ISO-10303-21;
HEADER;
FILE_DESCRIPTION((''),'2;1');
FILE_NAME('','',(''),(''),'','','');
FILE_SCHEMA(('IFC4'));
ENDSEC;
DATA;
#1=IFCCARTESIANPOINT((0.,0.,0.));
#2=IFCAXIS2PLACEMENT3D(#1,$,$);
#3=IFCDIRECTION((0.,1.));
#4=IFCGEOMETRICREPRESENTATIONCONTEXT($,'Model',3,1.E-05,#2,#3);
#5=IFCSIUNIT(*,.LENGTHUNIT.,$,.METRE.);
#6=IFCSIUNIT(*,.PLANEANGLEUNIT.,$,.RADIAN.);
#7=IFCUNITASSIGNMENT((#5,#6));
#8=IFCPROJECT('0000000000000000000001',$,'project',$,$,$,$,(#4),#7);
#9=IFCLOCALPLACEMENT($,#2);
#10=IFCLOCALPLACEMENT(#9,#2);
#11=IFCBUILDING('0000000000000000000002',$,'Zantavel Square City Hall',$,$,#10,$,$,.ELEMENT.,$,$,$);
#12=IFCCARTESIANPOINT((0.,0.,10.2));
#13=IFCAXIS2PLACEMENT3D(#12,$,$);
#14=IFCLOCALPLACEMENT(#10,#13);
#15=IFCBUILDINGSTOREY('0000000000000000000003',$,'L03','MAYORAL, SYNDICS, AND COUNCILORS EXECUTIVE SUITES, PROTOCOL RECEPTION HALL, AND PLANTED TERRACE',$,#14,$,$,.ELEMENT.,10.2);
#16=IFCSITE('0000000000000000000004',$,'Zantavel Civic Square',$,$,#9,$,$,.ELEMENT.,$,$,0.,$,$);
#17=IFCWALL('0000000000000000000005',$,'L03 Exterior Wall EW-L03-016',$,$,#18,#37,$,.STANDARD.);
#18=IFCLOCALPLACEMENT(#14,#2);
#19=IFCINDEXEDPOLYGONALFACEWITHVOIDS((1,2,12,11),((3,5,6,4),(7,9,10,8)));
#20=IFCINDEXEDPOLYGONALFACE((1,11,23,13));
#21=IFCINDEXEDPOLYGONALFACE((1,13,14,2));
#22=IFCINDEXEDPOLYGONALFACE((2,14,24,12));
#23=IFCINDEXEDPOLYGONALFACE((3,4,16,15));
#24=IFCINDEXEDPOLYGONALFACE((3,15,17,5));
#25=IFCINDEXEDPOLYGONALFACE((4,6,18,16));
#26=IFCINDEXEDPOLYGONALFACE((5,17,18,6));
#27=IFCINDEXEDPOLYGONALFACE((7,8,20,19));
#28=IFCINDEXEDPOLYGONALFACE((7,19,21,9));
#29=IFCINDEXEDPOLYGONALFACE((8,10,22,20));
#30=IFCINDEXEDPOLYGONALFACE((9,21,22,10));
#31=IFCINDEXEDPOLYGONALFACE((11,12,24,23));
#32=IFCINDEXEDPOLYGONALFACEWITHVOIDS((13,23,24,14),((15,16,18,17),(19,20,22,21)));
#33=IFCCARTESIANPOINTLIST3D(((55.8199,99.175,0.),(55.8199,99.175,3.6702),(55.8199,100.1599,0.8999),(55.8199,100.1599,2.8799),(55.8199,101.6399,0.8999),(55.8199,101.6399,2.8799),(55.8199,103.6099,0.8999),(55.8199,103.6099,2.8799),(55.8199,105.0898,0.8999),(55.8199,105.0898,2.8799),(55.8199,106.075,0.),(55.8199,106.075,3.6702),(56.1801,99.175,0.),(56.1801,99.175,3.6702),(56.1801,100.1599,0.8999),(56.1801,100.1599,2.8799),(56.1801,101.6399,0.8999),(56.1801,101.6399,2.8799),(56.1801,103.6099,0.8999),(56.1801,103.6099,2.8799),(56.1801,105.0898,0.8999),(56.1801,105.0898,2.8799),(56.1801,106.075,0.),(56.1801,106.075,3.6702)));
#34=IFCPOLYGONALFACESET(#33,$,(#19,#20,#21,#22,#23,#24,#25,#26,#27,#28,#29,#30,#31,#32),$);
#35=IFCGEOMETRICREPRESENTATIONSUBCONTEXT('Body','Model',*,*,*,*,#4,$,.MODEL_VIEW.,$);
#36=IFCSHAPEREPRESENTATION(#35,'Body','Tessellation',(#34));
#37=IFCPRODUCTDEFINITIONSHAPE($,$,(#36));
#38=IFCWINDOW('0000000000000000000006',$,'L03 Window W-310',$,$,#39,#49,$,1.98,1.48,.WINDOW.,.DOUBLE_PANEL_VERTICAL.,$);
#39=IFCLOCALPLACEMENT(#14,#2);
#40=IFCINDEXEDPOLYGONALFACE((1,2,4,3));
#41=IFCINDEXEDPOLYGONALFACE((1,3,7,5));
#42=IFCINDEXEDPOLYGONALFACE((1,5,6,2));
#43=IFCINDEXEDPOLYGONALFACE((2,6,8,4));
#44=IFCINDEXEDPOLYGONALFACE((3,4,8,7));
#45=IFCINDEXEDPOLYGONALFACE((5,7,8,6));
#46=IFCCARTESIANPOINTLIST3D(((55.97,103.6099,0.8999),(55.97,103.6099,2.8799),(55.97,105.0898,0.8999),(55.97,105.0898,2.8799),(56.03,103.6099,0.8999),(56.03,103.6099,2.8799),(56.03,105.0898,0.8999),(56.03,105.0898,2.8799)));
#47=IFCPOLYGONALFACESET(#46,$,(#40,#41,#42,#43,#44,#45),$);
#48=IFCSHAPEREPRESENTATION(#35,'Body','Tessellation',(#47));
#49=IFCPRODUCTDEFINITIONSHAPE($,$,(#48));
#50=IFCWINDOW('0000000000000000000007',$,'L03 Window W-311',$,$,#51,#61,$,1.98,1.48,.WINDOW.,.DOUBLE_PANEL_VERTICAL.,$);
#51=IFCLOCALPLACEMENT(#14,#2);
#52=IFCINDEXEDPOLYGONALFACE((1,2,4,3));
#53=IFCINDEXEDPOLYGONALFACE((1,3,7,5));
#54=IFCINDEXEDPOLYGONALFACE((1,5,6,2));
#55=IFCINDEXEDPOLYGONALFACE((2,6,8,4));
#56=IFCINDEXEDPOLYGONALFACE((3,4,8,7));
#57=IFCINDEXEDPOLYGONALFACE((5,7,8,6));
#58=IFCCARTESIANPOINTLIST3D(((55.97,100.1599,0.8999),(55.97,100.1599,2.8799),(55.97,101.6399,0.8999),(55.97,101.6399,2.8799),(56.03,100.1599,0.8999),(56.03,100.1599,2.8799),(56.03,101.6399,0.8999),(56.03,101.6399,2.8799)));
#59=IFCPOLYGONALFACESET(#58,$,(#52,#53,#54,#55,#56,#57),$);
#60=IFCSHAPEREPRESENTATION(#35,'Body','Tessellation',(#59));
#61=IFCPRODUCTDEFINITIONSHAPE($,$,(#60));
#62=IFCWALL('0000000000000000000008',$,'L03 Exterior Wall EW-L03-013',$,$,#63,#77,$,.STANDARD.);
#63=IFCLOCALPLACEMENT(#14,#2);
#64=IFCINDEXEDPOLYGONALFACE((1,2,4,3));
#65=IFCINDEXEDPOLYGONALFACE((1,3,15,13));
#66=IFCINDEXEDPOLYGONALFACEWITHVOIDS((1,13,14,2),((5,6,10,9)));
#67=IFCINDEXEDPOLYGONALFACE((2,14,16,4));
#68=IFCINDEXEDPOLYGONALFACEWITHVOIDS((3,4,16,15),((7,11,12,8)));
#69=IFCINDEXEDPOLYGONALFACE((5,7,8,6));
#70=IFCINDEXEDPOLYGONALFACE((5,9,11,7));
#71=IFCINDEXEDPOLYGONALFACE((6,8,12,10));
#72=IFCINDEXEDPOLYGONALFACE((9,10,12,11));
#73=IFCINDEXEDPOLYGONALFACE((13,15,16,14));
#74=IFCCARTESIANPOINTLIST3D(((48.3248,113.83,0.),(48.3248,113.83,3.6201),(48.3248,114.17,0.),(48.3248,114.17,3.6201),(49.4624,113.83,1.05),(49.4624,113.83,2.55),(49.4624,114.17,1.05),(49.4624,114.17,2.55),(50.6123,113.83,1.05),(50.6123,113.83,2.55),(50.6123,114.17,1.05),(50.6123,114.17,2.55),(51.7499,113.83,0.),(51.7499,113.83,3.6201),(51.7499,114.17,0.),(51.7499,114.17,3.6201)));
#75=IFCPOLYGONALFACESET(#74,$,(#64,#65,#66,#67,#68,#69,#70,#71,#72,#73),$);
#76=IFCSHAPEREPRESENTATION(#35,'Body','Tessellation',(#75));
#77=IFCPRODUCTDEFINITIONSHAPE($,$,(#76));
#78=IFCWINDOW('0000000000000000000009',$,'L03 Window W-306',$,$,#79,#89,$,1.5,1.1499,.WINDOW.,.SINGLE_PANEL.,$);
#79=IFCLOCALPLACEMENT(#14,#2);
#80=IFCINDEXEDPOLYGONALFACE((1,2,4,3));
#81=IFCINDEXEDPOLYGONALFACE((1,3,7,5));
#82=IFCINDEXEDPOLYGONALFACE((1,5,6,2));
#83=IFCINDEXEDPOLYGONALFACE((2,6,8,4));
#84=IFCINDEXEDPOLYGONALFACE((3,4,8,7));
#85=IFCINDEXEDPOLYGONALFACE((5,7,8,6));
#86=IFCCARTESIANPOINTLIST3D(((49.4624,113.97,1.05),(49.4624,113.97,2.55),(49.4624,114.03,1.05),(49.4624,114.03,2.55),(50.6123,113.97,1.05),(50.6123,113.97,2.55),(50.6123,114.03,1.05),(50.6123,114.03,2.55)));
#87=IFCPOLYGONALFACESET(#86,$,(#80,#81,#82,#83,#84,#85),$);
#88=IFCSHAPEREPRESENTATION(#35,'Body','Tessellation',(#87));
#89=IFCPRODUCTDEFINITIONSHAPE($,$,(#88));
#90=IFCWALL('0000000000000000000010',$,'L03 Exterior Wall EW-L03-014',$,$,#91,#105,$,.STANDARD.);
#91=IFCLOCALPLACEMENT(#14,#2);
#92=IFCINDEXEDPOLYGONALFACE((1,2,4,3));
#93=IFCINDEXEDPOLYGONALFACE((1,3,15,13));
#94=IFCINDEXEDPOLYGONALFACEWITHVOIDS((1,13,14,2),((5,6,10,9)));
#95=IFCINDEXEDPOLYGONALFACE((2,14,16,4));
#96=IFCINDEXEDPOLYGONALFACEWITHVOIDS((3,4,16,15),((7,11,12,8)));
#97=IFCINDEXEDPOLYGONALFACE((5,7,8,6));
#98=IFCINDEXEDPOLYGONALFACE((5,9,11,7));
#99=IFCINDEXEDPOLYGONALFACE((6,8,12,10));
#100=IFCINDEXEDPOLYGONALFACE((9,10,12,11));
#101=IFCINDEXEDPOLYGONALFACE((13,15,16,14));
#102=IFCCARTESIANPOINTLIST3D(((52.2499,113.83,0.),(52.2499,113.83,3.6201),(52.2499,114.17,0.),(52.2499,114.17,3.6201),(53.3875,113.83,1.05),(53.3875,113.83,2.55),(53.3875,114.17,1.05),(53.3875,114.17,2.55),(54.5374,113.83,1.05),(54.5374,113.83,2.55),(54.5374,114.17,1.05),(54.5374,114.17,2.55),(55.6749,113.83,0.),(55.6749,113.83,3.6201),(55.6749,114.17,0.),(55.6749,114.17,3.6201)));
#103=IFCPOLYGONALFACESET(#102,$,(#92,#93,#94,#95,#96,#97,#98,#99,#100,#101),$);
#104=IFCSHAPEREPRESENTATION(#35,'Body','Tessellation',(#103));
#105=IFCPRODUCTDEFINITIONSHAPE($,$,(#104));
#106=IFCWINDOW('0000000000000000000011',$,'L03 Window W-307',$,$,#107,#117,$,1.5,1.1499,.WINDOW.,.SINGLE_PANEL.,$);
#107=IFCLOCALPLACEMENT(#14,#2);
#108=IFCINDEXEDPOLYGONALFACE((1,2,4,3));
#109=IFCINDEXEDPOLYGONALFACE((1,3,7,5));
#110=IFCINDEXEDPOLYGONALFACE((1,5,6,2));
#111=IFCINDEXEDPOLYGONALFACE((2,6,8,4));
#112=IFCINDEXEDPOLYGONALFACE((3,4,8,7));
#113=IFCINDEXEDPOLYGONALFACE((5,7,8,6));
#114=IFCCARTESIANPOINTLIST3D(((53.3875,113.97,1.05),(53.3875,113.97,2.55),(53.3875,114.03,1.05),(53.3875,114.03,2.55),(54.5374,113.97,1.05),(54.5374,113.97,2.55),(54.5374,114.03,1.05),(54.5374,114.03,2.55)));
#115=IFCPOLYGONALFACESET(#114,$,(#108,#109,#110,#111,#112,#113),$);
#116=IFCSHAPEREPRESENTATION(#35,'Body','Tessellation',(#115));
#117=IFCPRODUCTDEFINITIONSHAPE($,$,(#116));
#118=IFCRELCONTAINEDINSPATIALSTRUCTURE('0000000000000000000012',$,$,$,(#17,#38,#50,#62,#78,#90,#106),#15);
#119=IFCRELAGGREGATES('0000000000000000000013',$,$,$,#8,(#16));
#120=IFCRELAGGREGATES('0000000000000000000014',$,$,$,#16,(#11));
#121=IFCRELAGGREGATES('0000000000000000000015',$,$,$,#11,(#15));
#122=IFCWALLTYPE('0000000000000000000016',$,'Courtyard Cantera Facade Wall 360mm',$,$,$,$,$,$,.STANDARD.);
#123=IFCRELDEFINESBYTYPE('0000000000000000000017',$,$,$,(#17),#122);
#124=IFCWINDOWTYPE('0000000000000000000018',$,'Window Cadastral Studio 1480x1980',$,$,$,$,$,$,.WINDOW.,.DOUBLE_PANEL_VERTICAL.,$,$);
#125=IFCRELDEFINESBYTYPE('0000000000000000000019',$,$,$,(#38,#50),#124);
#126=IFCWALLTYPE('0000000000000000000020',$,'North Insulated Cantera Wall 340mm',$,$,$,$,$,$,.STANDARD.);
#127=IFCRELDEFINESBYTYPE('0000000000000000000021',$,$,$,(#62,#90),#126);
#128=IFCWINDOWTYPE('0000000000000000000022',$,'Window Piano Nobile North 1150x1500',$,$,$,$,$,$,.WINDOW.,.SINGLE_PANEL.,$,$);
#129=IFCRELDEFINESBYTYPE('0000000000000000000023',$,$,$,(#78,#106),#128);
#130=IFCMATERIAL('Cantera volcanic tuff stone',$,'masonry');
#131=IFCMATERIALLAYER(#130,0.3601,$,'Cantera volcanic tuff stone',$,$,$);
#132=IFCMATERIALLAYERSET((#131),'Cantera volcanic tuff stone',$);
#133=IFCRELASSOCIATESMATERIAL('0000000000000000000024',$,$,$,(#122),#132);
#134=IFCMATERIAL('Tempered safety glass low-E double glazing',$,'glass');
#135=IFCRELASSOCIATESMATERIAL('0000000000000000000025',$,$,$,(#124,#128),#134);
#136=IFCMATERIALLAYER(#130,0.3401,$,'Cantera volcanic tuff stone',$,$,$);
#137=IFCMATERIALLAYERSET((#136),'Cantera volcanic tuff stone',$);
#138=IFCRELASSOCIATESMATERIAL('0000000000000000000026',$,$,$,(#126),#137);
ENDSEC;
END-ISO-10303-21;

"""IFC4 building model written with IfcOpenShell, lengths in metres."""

from ifc_helpers import new_model, si_unit, direction, frame, frame_2d, origin, place, context, subcontext, project, spatial, rectangle, extrude, material, layer, layer_set, type_object, element, fill, save


model = new_model("IFC4")

# Units and contexts
model_context = context("Model", 3, precision=1e-05, world=origin(), true_north=direction((0.0, 1.0)))
body_context = subcontext(model_context, "Body", "Model", "MODEL_VIEW")
ifc_project = project(units=[si_unit("LENGTHUNIT", "METRE"), si_unit("PLANEANGLEUNIT", "RADIAN")], contexts=[model_context])

# Site, building, storey
site_placement = place(None, origin())
site = spatial("IfcSite", under=ifc_project, at=site_placement, Name="Zantavel Civic Square", CompositionType="ELEMENT", RefElevation=0.0)
building_placement = place(site_placement, origin())
building = spatial("IfcBuilding", under=site, at=building_placement, Name="Zantavel Square City Hall", CompositionType="ELEMENT")
storey_placement = place(building_placement, frame((0.0, 0.0, 10.2)))
storey = spatial("IfcBuildingStorey", under=building, at=storey_placement, Name="L03", Description="MAYORAL, SYNDICS, AND COUNCILORS EXECUTIVE SUITES, PROTOCOL RECEPTION HALL, AND PLANTED TERRACE", CompositionType="ELEMENT", Elevation=10.2)

# Wall, openings, windows
ifc_material_1 = material(Name="Cantera volcanic tuff stone", Category="masonry")
ifc_layer_1 = layer(ifc_material_1, 0.3601, Name="Cantera volcanic tuff stone")
ifc_layer_set_1 = layer_set([ifc_layer_1], Name="Cantera volcanic tuff stone")
wall_type_1 = type_object("IfcWallType", Name="Courtyard Cantera Facade Wall 360mm", PredefinedType="STANDARD", material=ifc_layer_set_1)
ifc_material_2 = material(Name="Tempered safety glass low-E double glazing", Category="glass")
window_type_1 = type_object("IfcWindowType", Name="Window Cadastral Studio 1480x1980", PartitioningType="DOUBLE_PANEL_VERTICAL", PredefinedType="WINDOW", material=ifc_material_2)
wall_1_placement = place(storey_placement, frame((56.0, 106.075, 0.0), z_axis=(0.0, 0.0, 1.0), x_axis=(0.0, -1.0, 0.0)))
wall_1 = element("IfcWall", 1, at=wall_1_placement, inside=storey, type_object=wall_type_1, Name="L03 Exterior Wall EW-L03-016", PredefinedType="STANDARD", context=body_context, shape_type="SweptSolid", body=[
    extrude(rectangle(XDim=6.8999, YDim=0.3601, at=frame_2d((3.45, 0.0))), origin(), (0.0, 0.0, 1.0), 3.6702),
])
opening_1_placement = place(wall_1_placement, frame((0.9851, 0.0, 0.8999)))
opening_1 = element("IfcOpeningElement", 2, at=opening_1_placement, cuts=wall_1, PredefinedType="OPENING", context=body_context, shape_type="SweptSolid", body=[
    extrude(rectangle(XDim=1.48, YDim=1.98, at=frame_2d((0.74, 0.99))), frame((0.0, 0.1899, 0.0), z_axis=(0.0, -1.0, 0.0), x_axis=(1.0, 0.0, 0.0)), (0.0, 0.0, 1.0), 0.3801),
])
opening_2_placement = place(wall_1_placement, frame((4.4351, 0.0, 0.8999)))
opening_2 = element("IfcOpeningElement", 3, at=opening_2_placement, cuts=wall_1, PredefinedType="OPENING", context=body_context, shape_type="SweptSolid", body=[
    extrude(rectangle(XDim=1.48, YDim=1.98, at=frame_2d((0.74, 0.99))), frame((0.0, 0.1899, 0.0), z_axis=(0.0, -1.0, 0.0), x_axis=(1.0, 0.0, 0.0)), (0.0, 0.0, 1.0), 0.3801),
])
window_1_placement = place(opening_1_placement, origin())
window_1 = element("IfcWindow", 4, at=window_1_placement, inside=storey, type_object=window_type_1, Name="L03 Window W-310", OverallHeight=1.98, OverallWidth=1.48, PartitioningType="DOUBLE_PANEL_VERTICAL", PredefinedType="WINDOW", context=body_context, shape_type="SweptSolid", body=[
    extrude(rectangle(XDim=1.48, YDim=1.98, at=frame_2d((0.74, 0.99))), frame((0.0, 0.03, 0.0), z_axis=(0.0, -1.0, 0.0), x_axis=(1.0, 0.0, 0.0)), (0.0, 0.0, 1.0), 0.0601),
])
fill(opening_1, window_1)
window_2_placement = place(opening_2_placement, origin())
window_2 = element("IfcWindow", 5, at=window_2_placement, inside=storey, type_object=window_type_1, Name="L03 Window W-311", OverallHeight=1.98, OverallWidth=1.48, PartitioningType="DOUBLE_PANEL_VERTICAL", PredefinedType="WINDOW", context=body_context, shape_type="SweptSolid", body=[
    extrude(rectangle(XDim=1.48, YDim=1.98, at=frame_2d((0.74, 0.99))), frame((0.0, 0.03, 0.0), z_axis=(0.0, -1.0, 0.0), x_axis=(1.0, 0.0, 0.0)), (0.0, 0.0, 1.0), 0.0601),
])
fill(opening_2, window_2)

# Walls, openings, windows
ifc_layer_2 = layer(ifc_material_1, 0.3401, Name="Cantera volcanic tuff stone")
ifc_layer_set_2 = layer_set([ifc_layer_2], Name="Cantera volcanic tuff stone")
wall_type_2 = type_object("IfcWallType", Name="North Insulated Cantera Wall 340mm", PredefinedType="STANDARD", material=ifc_layer_set_2)
wall_2_placement = place(storey_placement, frame((48.325, 114.0, 0.0), z_axis=(0.0, 0.0, 1.0), x_axis=(1.0, 0.0, 0.0)))
wall_2 = element("IfcWall", 6, at=wall_2_placement, inside=storey, type_object=wall_type_2, Name="L03 Exterior Wall EW-L03-013", PredefinedType="STANDARD", context=body_context, shape_type="SweptSolid", body=[
    extrude(rectangle(XDim=3.425, YDim=0.3401, at=frame_2d((1.7124, 0.0))), origin(), (0.0, 0.0, 1.0), 3.6201),
])
opening_3_placement = place(wall_2_placement, frame((1.1375, 0.0, 1.05)))
opening_3 = element("IfcOpeningElement", 7, at=opening_3_placement, cuts=wall_2, PredefinedType="OPENING", context=body_context, shape_type="SweptSolid", body=[
    extrude(rectangle(XDim=1.1499, YDim=1.5, at=frame_2d((0.575, 0.75))), frame((0.0, 0.1799, 0.0), z_axis=(0.0, -1.0, 0.0), x_axis=(1.0, 0.0, 0.0)), (0.0, 0.0, 1.0), 0.3601),
])
window_type_2 = type_object("IfcWindowType", Name="Window Piano Nobile North 1150x1500", PartitioningType="SINGLE_PANEL", PredefinedType="WINDOW", material=ifc_material_2)
window_3_placement = place(opening_3_placement, origin())
window_3 = element("IfcWindow", 8, at=window_3_placement, inside=storey, type_object=window_type_2, Name="L03 Window W-306", OverallHeight=1.5, OverallWidth=1.1499, PartitioningType="SINGLE_PANEL", PredefinedType="WINDOW", context=body_context, shape_type="SweptSolid", body=[
    extrude(rectangle(XDim=1.1499, YDim=1.5, at=frame_2d((0.575, 0.75))), frame((0.0, 0.03, 0.0), z_axis=(0.0, -1.0, 0.0), x_axis=(1.0, 0.0, 0.0)), (0.0, 0.0, 1.0), 0.0601),
])
fill(opening_3, window_3)
wall_3_placement = place(storey_placement, frame((52.25, 114.0, 0.0), z_axis=(0.0, 0.0, 1.0), x_axis=(1.0, 0.0, 0.0)))
wall_3 = element("IfcWall", 9, at=wall_3_placement, inside=storey, type_object=wall_type_2, Name="L03 Exterior Wall EW-L03-014", PredefinedType="STANDARD", context=body_context, shape_type="SweptSolid", body=[
    extrude(rectangle(XDim=3.425, YDim=0.3401, at=frame_2d((1.7124, 0.0))), origin(), (0.0, 0.0, 1.0), 3.6201),
])
opening_4_placement = place(wall_3_placement, frame((1.1375, 0.0, 1.05)))
opening_4 = element("IfcOpeningElement", 10, at=opening_4_placement, cuts=wall_3, PredefinedType="OPENING", context=body_context, shape_type="SweptSolid", body=[
    extrude(rectangle(XDim=1.1499, YDim=1.5, at=frame_2d((0.575, 0.75))), frame((0.0, 0.1799, 0.0), z_axis=(0.0, -1.0, 0.0), x_axis=(1.0, 0.0, 0.0)), (0.0, 0.0, 1.0), 0.3601),
])
window_4_placement = place(opening_4_placement, origin())
window_4 = element("IfcWindow", 11, at=window_4_placement, inside=storey, type_object=window_type_2, Name="L03 Window W-307", OverallHeight=1.5, OverallWidth=1.1499, PartitioningType="SINGLE_PANEL", PredefinedType="WINDOW", context=body_context, shape_type="SweptSolid", body=[
    extrude(rectangle(XDim=1.1499, YDim=1.5, at=frame_2d((0.575, 0.75))), frame((0.0, 0.03, 0.0), z_axis=(0.0, -1.0, 0.0), x_axis=(1.0, 0.0, 0.0)), (0.0, 0.0, 1.0), 0.0601),
])
fill(opening_4, window_4)

save(model, "model.ifc")
